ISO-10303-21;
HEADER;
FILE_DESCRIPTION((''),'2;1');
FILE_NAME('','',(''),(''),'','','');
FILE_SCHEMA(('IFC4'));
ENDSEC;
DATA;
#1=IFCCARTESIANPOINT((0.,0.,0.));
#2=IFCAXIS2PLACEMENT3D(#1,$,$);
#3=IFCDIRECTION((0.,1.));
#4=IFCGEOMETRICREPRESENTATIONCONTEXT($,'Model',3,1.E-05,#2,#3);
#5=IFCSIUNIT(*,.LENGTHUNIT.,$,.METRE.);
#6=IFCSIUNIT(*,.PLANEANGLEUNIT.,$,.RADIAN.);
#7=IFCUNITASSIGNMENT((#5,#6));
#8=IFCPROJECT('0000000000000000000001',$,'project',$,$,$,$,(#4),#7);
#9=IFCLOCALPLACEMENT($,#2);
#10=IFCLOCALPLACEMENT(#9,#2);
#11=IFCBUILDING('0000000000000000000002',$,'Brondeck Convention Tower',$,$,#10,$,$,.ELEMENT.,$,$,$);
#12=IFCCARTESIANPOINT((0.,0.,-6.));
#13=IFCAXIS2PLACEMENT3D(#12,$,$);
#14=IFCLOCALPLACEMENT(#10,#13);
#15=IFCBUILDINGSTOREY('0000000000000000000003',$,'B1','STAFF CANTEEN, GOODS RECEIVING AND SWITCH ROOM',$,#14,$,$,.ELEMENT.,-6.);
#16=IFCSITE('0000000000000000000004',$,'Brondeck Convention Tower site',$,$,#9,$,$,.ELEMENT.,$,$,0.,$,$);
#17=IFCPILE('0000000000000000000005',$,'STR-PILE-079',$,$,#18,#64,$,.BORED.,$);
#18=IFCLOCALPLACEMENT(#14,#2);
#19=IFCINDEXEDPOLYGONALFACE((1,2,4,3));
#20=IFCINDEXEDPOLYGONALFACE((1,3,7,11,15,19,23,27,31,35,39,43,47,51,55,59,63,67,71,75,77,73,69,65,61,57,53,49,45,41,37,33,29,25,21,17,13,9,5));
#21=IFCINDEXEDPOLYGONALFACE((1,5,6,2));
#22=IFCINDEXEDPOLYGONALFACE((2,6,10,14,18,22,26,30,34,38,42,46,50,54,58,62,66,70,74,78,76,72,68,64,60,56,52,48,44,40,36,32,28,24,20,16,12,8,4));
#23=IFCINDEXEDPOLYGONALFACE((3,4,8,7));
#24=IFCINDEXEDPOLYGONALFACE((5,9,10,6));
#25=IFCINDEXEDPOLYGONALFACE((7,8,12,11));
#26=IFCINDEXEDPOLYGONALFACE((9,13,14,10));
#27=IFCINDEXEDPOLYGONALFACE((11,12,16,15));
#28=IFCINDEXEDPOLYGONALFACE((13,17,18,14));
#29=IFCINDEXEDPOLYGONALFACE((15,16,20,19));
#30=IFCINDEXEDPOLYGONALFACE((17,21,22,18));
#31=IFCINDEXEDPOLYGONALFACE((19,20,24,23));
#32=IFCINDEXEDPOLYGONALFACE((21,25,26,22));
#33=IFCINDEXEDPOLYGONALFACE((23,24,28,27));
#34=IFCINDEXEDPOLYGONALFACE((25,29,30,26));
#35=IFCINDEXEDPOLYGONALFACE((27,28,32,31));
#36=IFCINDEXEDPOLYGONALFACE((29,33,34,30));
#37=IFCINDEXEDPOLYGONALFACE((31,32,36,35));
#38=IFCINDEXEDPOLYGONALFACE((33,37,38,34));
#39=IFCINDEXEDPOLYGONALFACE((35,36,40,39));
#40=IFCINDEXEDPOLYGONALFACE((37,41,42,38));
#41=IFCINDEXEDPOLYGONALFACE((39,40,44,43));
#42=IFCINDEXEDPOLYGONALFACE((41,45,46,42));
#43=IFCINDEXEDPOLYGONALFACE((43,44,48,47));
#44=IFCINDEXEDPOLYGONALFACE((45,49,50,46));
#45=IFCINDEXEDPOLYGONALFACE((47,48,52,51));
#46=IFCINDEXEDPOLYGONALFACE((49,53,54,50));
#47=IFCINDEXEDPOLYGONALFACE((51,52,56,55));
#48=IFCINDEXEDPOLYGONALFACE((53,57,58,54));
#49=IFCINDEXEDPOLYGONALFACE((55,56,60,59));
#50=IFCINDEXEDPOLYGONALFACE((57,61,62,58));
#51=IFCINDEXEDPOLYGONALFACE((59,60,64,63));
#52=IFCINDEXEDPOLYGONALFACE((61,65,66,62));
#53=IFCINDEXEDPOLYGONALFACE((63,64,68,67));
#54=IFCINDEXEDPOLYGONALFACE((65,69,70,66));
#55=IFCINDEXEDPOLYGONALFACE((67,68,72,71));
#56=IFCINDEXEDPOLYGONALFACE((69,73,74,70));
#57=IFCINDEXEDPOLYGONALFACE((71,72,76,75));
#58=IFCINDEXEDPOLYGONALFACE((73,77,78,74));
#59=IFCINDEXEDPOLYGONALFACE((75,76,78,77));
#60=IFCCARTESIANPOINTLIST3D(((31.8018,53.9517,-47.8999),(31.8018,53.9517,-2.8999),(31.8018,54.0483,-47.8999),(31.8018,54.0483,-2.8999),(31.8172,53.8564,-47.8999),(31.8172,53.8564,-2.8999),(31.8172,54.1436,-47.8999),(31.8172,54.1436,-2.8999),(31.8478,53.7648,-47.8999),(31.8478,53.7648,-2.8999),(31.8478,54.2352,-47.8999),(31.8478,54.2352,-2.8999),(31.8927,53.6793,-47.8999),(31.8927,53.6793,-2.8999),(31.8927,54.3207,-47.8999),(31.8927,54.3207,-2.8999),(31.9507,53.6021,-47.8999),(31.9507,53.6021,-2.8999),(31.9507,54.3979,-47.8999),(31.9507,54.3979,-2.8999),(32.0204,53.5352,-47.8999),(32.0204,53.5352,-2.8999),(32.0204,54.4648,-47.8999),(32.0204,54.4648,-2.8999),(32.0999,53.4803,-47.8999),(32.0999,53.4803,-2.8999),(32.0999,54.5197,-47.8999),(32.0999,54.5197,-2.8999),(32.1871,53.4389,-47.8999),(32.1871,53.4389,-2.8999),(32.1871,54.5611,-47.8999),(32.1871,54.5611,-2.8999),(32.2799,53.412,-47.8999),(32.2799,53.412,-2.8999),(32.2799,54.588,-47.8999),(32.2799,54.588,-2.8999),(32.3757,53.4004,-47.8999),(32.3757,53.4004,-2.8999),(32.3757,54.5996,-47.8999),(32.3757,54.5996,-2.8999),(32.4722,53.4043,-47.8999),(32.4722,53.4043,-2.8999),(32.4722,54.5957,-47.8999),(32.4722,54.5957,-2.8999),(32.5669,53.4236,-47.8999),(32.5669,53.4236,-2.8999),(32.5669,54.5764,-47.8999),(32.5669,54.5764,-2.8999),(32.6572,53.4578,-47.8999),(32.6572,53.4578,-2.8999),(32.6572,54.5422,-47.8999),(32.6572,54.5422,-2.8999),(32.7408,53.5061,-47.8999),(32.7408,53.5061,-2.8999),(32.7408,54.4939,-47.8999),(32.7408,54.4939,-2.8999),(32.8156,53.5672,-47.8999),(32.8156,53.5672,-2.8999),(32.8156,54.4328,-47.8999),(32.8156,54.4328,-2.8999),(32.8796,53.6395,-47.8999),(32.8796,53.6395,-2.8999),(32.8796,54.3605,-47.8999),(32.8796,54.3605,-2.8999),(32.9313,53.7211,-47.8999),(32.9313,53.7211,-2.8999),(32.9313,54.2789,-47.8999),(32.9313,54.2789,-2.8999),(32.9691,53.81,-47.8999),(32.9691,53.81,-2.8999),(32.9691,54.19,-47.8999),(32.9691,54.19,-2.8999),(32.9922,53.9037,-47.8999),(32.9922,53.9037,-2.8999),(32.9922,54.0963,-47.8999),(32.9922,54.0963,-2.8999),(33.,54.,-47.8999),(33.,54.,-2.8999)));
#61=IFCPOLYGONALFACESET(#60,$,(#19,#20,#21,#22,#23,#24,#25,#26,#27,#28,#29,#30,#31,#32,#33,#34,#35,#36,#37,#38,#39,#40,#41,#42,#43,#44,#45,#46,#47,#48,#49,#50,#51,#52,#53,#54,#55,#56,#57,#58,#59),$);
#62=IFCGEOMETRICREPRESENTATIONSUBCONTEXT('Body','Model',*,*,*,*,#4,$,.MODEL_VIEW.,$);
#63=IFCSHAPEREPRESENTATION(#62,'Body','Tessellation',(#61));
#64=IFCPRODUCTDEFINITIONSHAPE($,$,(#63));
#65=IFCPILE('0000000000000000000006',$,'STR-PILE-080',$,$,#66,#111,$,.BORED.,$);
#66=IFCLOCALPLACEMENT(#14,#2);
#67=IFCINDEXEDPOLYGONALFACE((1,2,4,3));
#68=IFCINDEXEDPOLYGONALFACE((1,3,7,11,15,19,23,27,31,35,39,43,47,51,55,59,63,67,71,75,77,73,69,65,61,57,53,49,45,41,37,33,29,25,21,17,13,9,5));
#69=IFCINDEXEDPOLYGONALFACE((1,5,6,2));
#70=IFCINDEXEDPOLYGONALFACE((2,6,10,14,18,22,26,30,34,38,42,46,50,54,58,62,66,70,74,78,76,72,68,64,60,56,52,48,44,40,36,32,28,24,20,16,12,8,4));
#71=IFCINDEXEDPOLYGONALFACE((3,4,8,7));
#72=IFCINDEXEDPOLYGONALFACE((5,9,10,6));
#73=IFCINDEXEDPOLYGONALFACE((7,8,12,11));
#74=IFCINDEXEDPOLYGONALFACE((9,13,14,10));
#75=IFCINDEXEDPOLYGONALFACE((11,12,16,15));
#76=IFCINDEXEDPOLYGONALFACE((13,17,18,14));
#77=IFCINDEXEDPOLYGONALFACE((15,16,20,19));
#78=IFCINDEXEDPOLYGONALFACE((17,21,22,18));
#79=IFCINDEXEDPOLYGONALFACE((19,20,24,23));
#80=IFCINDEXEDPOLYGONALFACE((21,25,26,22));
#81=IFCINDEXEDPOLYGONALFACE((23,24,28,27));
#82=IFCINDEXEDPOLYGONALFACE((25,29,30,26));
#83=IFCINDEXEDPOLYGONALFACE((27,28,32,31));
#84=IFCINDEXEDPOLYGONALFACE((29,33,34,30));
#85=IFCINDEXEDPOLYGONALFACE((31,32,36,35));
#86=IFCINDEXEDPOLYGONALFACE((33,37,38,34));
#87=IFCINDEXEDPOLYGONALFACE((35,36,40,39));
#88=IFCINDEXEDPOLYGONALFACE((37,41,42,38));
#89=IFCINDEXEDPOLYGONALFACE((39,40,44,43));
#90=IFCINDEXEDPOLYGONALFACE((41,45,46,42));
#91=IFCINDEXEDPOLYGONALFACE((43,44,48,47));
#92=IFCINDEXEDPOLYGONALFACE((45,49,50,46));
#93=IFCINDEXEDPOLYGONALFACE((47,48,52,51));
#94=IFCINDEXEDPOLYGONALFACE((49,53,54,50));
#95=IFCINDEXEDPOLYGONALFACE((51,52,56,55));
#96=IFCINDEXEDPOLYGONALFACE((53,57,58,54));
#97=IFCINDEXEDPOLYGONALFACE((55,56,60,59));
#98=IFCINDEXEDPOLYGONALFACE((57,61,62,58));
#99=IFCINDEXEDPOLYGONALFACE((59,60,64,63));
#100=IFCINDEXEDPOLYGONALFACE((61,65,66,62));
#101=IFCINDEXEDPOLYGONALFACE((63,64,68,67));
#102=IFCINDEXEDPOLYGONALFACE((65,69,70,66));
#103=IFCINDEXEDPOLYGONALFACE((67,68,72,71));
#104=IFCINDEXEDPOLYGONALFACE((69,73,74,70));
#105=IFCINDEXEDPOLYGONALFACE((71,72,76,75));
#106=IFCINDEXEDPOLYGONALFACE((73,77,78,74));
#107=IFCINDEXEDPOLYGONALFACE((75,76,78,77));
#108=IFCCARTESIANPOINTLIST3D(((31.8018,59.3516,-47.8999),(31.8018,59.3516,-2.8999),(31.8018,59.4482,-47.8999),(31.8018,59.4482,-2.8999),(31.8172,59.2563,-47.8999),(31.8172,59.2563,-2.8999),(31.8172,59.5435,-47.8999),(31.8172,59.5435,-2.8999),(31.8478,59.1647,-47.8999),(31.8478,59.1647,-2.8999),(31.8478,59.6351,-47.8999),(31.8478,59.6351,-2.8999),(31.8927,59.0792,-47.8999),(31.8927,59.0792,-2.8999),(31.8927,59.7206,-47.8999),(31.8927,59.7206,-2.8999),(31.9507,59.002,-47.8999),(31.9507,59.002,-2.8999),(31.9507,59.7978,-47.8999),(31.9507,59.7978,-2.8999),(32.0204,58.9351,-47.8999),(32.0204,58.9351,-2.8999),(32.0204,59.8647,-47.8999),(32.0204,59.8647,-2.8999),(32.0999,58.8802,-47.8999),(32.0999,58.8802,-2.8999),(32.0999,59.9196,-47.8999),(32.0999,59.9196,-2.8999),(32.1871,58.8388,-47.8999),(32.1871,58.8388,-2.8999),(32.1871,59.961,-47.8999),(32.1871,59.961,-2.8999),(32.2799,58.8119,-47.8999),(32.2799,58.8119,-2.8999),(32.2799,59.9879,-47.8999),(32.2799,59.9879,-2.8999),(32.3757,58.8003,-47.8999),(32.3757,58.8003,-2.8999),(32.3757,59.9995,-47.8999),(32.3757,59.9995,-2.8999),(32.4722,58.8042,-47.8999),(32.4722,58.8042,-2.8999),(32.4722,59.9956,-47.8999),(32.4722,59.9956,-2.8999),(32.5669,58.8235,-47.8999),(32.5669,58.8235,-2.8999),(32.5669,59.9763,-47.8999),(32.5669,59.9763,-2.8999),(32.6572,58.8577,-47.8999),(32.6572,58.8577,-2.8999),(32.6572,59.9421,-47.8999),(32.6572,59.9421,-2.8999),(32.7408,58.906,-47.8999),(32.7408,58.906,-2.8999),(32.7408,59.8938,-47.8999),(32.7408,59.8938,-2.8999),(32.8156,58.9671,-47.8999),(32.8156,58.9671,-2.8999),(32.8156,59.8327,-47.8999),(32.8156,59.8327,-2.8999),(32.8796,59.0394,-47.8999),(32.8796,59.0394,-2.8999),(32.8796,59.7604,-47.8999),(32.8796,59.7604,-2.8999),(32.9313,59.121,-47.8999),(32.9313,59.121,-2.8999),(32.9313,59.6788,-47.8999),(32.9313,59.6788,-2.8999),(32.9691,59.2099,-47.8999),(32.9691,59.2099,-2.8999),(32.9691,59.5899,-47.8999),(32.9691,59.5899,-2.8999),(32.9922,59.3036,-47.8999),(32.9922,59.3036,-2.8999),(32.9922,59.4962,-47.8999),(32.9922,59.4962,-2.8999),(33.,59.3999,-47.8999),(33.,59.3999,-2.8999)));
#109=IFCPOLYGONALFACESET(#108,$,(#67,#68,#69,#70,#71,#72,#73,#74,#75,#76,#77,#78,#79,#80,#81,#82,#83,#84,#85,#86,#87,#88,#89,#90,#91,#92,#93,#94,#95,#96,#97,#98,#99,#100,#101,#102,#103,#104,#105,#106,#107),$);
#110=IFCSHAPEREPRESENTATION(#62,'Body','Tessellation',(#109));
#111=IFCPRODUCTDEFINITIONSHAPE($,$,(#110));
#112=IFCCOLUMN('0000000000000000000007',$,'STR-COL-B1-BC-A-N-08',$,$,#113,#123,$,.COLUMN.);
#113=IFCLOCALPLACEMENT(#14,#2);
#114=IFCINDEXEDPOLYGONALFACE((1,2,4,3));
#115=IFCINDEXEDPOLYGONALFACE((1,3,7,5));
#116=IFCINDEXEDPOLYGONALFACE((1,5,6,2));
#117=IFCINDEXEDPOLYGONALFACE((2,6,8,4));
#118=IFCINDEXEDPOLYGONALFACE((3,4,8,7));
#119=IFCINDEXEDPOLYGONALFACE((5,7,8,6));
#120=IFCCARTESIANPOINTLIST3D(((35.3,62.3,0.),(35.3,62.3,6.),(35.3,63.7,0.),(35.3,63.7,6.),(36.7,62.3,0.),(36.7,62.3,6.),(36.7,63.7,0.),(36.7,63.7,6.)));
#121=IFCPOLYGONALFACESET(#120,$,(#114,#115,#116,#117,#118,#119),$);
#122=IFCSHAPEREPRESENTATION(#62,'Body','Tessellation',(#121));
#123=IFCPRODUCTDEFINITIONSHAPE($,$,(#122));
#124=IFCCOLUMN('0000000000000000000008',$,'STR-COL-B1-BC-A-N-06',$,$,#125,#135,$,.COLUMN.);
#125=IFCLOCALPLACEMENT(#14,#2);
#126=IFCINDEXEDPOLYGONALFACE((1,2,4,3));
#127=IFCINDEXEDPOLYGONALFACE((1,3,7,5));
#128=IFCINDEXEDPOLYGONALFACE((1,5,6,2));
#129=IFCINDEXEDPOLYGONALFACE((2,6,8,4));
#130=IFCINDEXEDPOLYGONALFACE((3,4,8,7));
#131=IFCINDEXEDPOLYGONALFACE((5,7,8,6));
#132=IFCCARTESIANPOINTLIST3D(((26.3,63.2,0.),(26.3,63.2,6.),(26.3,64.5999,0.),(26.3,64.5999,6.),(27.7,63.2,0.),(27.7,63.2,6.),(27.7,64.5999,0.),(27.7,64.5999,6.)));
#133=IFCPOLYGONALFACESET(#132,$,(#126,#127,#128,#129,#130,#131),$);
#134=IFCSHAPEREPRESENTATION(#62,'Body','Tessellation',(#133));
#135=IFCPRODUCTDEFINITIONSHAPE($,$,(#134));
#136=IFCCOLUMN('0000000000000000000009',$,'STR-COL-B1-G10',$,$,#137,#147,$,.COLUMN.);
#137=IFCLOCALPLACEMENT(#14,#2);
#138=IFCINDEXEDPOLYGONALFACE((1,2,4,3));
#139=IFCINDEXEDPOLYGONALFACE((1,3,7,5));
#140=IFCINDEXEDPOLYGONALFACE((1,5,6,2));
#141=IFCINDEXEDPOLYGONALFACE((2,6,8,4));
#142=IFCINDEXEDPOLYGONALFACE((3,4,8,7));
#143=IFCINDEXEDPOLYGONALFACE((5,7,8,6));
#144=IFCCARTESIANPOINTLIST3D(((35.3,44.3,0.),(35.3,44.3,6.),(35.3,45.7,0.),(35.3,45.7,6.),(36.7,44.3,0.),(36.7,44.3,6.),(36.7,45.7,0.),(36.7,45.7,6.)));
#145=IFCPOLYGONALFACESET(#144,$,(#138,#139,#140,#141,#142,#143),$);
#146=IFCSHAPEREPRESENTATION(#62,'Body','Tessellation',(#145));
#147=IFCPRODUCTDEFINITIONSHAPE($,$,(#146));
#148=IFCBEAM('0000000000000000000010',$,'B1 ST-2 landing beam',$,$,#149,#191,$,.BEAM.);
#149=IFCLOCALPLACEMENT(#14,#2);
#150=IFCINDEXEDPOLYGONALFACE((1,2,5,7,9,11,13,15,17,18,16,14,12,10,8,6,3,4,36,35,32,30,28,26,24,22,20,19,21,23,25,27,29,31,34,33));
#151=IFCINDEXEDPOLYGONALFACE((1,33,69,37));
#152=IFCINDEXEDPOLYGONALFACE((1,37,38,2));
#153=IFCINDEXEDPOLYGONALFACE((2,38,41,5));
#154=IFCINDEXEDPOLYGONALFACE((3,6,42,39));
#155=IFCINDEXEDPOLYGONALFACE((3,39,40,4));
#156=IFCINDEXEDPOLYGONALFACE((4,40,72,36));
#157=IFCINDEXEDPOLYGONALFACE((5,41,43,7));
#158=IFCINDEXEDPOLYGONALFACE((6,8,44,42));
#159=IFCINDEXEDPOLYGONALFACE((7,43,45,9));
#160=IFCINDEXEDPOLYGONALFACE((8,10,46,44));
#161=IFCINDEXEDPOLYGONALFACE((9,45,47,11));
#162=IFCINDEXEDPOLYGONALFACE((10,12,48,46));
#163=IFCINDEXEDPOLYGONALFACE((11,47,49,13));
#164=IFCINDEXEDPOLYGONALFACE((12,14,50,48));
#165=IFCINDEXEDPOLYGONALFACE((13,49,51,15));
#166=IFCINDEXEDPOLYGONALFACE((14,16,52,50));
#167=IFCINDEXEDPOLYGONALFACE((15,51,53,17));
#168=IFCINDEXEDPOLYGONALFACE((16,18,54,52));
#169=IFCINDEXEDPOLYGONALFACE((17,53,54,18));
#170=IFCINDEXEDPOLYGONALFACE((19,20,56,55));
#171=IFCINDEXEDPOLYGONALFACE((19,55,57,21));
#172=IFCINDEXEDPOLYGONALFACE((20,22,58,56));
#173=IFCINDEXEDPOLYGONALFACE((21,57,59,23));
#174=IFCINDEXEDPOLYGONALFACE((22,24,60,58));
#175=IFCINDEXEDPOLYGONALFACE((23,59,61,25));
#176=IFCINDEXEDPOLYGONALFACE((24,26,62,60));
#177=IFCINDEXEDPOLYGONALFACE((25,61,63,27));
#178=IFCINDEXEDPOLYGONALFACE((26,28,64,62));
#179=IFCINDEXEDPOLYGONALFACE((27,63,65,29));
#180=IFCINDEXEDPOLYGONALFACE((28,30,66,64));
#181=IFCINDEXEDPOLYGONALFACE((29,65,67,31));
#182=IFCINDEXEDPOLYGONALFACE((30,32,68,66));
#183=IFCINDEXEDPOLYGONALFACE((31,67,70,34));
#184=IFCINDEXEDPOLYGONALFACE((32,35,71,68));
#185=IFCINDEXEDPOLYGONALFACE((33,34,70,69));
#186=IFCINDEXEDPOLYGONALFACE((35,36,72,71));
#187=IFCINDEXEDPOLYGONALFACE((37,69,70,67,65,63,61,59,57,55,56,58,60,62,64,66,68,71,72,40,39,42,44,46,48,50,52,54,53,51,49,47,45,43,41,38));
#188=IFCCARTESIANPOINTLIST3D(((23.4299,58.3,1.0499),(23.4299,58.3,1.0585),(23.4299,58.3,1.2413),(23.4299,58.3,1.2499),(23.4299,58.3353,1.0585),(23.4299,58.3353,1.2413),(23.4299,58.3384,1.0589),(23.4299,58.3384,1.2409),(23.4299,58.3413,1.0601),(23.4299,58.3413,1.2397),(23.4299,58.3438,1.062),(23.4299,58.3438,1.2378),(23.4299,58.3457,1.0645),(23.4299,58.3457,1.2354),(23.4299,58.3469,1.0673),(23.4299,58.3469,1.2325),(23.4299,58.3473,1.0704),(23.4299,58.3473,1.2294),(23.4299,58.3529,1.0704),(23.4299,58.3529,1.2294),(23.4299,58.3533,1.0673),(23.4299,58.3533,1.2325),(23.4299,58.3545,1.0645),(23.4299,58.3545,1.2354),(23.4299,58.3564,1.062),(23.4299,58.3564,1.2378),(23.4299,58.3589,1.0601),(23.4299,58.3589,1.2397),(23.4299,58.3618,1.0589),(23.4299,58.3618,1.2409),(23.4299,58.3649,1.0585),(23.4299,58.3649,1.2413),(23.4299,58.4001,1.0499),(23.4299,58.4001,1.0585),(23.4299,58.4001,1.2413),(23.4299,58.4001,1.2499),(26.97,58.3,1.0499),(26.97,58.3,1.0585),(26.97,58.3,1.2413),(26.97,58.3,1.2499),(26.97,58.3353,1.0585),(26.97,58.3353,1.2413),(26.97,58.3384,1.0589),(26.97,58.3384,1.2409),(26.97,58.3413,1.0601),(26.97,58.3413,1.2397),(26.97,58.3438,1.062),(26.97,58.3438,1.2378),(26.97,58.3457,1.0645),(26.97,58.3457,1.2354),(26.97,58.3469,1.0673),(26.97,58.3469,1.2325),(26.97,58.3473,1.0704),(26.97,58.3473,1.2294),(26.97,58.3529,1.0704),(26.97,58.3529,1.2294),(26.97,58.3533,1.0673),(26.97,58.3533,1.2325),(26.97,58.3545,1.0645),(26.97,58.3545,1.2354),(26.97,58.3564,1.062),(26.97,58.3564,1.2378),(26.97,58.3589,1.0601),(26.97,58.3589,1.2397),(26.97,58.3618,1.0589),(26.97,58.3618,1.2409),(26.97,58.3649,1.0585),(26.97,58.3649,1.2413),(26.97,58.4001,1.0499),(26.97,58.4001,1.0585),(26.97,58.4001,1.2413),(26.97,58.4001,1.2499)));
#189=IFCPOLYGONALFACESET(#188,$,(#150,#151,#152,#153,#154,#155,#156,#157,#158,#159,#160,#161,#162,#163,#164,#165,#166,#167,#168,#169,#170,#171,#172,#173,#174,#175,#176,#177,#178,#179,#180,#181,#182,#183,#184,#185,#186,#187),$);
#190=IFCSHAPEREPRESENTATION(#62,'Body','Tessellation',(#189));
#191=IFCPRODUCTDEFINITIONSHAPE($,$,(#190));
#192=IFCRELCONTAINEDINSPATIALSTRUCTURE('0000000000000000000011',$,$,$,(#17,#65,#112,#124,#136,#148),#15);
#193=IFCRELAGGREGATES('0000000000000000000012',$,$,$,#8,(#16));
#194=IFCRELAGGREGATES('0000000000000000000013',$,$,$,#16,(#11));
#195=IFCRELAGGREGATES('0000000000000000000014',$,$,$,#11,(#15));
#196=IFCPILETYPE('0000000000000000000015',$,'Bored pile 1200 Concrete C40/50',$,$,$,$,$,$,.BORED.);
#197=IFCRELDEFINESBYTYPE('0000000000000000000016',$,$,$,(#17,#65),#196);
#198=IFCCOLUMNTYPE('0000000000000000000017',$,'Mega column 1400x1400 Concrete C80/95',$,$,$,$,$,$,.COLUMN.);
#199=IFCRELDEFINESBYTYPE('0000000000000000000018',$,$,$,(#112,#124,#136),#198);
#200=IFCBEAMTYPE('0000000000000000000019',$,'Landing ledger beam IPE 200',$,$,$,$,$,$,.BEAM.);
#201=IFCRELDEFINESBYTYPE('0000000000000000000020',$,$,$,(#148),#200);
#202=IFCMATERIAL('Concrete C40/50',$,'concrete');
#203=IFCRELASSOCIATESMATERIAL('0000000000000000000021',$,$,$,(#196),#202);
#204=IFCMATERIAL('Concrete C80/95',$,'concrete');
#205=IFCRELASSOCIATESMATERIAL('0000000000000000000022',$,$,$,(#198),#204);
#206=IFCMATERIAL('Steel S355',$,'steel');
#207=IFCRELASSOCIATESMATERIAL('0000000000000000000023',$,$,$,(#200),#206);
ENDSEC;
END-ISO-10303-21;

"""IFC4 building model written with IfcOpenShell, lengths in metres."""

from ifc_helpers import new_model, si_unit, direction, frame, origin, origin_2d, place, context, subcontext, project, spatial, rectangle, circle, i_section, extrude, material, material_profile, profile_set, type_object, element, save


model = new_model("IFC4")

# Units and contexts
model_context = context("Model", 3, precision=1e-05, world=origin(), true_north=direction((0.0, 1.0)))
body_context = subcontext(model_context, "Body", "Model", "MODEL_VIEW")
ifc_project = project(units=[si_unit("LENGTHUNIT", "METRE"), si_unit("PLANEANGLEUNIT", "RADIAN")], contexts=[model_context])

# Site, building, storey
site_placement = place(None, origin())
site = spatial("IfcSite", under=ifc_project, at=site_placement, Name="Brondeck Convention Tower site", CompositionType="ELEMENT", RefElevation=0.0)
building_placement = place(site_placement, origin())
building = spatial("IfcBuilding", under=site, at=building_placement, Name="Brondeck Convention Tower", CompositionType="ELEMENT")
storey_placement = place(building_placement, frame((0.0, 0.0, -6.0)))
storey = spatial("IfcBuildingStorey", under=building, at=storey_placement, Name="B1", Description="STAFF CANTEEN, GOODS RECEIVING AND SWITCH ROOM", CompositionType="ELEMENT", Elevation=-6.0)

# Piles
ifc_material_1 = material(Name="Concrete C40/50", Category="concrete")
ifc_material_profile_1 = material_profile(ifc_material_1, circle(Radius=0.6001, at=origin_2d()), Name="Bored pile 1200 Concrete C40/50")
ifc_profile_set_1 = profile_set([ifc_material_profile_1], Name="Concrete C40/50")
pile_type = type_object("IfcPileType", Name="Bored pile 1200 Concrete C40/50", PredefinedType="BORED", material=ifc_profile_set_1)
for number, where, z_axis, x_axis, name in (
    (1, (32.3999, 54.0, -2.8999), (0.0, 0.0, -1.0), (1.0, 0.0, 0.0), "STR-PILE-079"),
    (2, (32.3999, 59.3999, -2.8999), (0.0, 0.0, -1.0), (1.0, 0.0, 0.0), "STR-PILE-080"),
):
    element("IfcPile", number, at=place(storey_placement, frame(where, z_axis=z_axis, x_axis=x_axis)), inside=storey, type_object=pile_type, Name=name, PredefinedType="BORED", context=body_context, shape_type="SweptSolid", body=[
        extrude(circle(Radius=0.6001, at=origin_2d()), origin(), (0.0, 0.0, 1.0), 45.0),
    ])

# Columns
ifc_material_2 = material(Name="Concrete C80/95", Category="concrete")
ifc_material_profile_2 = material_profile(ifc_material_2, rectangle(XDim=1.3999, YDim=1.3999, at=origin_2d()), Name="Mega column 1400x1400 Concrete C80/95")
ifc_profile_set_2 = profile_set([ifc_material_profile_2], Name="Concrete C80/95")
column_type = type_object("IfcColumnType", Name="Mega column 1400x1400 Concrete C80/95", PredefinedType="COLUMN", material=ifc_profile_set_2)
for number, where, z_axis, x_axis, name in (
    (3, (36.0, 63.0, 0.0), (0.0, 0.0, 1.0), (1.0, 0.0, 0.0), "STR-COL-B1-BC-A-N-08"),
    (4, (27.0, 63.8999, 0.0), (0.0, 0.0, 1.0), (1.0, 0.0, 0.0), "STR-COL-B1-BC-A-N-06"),
    (5, (36.0, 45.0, 0.0), (0.0, 0.0, 1.0), (1.0, 0.0, 0.0), "STR-COL-B1-G10"),
):
    element("IfcColumn", number, at=place(storey_placement, frame(where, z_axis=z_axis, x_axis=x_axis)), inside=storey, type_object=column_type, Name=name, PredefinedType="COLUMN", context=body_context, shape_type="SweptSolid", body=[
        extrude(rectangle(XDim=1.3999, YDim=1.3999, at=origin_2d()), origin(), (0.0, 0.0, 1.0), 6.0),
    ])

# Beam
ifc_material_3 = material(Name="Steel S355", Category="steel")
ifc_material_profile_3 = material_profile(ifc_material_3, i_section(OverallWidth=0.1001, OverallDepth=0.2, WebThickness=0.0056, FlangeThickness=0.0085, FilletRadius=0.012, at=origin_2d()), Name="IPE200")
ifc_profile_set_3 = profile_set([ifc_material_profile_3], Name="Steel S355")
beam_type = type_object("IfcBeamType", Name="Landing ledger beam IPE 200", PredefinedType="BEAM", material=ifc_profile_set_3)
for number, where, z_axis, x_axis, name in (
    (6, (23.4299, 58.3501, 1.1499), (1.0, 0.0, 0.0), (0.0, 1.0, 0.0), "B1 ST-2 landing beam"),
):
    element("IfcBeam", number, at=place(storey_placement, frame(where, z_axis=z_axis, x_axis=x_axis)), inside=storey, type_object=beam_type, Name=name, PredefinedType="BEAM", context=body_context, shape_type="SweptSolid", body=[
        extrude(i_section(OverallWidth=0.1001, OverallDepth=0.2, WebThickness=0.0056, FlangeThickness=0.0085, FilletRadius=0.012, at=origin_2d()), origin(), (0.0, 0.0, 1.0), 3.54),
    ])

save(model, "model.ifc")
